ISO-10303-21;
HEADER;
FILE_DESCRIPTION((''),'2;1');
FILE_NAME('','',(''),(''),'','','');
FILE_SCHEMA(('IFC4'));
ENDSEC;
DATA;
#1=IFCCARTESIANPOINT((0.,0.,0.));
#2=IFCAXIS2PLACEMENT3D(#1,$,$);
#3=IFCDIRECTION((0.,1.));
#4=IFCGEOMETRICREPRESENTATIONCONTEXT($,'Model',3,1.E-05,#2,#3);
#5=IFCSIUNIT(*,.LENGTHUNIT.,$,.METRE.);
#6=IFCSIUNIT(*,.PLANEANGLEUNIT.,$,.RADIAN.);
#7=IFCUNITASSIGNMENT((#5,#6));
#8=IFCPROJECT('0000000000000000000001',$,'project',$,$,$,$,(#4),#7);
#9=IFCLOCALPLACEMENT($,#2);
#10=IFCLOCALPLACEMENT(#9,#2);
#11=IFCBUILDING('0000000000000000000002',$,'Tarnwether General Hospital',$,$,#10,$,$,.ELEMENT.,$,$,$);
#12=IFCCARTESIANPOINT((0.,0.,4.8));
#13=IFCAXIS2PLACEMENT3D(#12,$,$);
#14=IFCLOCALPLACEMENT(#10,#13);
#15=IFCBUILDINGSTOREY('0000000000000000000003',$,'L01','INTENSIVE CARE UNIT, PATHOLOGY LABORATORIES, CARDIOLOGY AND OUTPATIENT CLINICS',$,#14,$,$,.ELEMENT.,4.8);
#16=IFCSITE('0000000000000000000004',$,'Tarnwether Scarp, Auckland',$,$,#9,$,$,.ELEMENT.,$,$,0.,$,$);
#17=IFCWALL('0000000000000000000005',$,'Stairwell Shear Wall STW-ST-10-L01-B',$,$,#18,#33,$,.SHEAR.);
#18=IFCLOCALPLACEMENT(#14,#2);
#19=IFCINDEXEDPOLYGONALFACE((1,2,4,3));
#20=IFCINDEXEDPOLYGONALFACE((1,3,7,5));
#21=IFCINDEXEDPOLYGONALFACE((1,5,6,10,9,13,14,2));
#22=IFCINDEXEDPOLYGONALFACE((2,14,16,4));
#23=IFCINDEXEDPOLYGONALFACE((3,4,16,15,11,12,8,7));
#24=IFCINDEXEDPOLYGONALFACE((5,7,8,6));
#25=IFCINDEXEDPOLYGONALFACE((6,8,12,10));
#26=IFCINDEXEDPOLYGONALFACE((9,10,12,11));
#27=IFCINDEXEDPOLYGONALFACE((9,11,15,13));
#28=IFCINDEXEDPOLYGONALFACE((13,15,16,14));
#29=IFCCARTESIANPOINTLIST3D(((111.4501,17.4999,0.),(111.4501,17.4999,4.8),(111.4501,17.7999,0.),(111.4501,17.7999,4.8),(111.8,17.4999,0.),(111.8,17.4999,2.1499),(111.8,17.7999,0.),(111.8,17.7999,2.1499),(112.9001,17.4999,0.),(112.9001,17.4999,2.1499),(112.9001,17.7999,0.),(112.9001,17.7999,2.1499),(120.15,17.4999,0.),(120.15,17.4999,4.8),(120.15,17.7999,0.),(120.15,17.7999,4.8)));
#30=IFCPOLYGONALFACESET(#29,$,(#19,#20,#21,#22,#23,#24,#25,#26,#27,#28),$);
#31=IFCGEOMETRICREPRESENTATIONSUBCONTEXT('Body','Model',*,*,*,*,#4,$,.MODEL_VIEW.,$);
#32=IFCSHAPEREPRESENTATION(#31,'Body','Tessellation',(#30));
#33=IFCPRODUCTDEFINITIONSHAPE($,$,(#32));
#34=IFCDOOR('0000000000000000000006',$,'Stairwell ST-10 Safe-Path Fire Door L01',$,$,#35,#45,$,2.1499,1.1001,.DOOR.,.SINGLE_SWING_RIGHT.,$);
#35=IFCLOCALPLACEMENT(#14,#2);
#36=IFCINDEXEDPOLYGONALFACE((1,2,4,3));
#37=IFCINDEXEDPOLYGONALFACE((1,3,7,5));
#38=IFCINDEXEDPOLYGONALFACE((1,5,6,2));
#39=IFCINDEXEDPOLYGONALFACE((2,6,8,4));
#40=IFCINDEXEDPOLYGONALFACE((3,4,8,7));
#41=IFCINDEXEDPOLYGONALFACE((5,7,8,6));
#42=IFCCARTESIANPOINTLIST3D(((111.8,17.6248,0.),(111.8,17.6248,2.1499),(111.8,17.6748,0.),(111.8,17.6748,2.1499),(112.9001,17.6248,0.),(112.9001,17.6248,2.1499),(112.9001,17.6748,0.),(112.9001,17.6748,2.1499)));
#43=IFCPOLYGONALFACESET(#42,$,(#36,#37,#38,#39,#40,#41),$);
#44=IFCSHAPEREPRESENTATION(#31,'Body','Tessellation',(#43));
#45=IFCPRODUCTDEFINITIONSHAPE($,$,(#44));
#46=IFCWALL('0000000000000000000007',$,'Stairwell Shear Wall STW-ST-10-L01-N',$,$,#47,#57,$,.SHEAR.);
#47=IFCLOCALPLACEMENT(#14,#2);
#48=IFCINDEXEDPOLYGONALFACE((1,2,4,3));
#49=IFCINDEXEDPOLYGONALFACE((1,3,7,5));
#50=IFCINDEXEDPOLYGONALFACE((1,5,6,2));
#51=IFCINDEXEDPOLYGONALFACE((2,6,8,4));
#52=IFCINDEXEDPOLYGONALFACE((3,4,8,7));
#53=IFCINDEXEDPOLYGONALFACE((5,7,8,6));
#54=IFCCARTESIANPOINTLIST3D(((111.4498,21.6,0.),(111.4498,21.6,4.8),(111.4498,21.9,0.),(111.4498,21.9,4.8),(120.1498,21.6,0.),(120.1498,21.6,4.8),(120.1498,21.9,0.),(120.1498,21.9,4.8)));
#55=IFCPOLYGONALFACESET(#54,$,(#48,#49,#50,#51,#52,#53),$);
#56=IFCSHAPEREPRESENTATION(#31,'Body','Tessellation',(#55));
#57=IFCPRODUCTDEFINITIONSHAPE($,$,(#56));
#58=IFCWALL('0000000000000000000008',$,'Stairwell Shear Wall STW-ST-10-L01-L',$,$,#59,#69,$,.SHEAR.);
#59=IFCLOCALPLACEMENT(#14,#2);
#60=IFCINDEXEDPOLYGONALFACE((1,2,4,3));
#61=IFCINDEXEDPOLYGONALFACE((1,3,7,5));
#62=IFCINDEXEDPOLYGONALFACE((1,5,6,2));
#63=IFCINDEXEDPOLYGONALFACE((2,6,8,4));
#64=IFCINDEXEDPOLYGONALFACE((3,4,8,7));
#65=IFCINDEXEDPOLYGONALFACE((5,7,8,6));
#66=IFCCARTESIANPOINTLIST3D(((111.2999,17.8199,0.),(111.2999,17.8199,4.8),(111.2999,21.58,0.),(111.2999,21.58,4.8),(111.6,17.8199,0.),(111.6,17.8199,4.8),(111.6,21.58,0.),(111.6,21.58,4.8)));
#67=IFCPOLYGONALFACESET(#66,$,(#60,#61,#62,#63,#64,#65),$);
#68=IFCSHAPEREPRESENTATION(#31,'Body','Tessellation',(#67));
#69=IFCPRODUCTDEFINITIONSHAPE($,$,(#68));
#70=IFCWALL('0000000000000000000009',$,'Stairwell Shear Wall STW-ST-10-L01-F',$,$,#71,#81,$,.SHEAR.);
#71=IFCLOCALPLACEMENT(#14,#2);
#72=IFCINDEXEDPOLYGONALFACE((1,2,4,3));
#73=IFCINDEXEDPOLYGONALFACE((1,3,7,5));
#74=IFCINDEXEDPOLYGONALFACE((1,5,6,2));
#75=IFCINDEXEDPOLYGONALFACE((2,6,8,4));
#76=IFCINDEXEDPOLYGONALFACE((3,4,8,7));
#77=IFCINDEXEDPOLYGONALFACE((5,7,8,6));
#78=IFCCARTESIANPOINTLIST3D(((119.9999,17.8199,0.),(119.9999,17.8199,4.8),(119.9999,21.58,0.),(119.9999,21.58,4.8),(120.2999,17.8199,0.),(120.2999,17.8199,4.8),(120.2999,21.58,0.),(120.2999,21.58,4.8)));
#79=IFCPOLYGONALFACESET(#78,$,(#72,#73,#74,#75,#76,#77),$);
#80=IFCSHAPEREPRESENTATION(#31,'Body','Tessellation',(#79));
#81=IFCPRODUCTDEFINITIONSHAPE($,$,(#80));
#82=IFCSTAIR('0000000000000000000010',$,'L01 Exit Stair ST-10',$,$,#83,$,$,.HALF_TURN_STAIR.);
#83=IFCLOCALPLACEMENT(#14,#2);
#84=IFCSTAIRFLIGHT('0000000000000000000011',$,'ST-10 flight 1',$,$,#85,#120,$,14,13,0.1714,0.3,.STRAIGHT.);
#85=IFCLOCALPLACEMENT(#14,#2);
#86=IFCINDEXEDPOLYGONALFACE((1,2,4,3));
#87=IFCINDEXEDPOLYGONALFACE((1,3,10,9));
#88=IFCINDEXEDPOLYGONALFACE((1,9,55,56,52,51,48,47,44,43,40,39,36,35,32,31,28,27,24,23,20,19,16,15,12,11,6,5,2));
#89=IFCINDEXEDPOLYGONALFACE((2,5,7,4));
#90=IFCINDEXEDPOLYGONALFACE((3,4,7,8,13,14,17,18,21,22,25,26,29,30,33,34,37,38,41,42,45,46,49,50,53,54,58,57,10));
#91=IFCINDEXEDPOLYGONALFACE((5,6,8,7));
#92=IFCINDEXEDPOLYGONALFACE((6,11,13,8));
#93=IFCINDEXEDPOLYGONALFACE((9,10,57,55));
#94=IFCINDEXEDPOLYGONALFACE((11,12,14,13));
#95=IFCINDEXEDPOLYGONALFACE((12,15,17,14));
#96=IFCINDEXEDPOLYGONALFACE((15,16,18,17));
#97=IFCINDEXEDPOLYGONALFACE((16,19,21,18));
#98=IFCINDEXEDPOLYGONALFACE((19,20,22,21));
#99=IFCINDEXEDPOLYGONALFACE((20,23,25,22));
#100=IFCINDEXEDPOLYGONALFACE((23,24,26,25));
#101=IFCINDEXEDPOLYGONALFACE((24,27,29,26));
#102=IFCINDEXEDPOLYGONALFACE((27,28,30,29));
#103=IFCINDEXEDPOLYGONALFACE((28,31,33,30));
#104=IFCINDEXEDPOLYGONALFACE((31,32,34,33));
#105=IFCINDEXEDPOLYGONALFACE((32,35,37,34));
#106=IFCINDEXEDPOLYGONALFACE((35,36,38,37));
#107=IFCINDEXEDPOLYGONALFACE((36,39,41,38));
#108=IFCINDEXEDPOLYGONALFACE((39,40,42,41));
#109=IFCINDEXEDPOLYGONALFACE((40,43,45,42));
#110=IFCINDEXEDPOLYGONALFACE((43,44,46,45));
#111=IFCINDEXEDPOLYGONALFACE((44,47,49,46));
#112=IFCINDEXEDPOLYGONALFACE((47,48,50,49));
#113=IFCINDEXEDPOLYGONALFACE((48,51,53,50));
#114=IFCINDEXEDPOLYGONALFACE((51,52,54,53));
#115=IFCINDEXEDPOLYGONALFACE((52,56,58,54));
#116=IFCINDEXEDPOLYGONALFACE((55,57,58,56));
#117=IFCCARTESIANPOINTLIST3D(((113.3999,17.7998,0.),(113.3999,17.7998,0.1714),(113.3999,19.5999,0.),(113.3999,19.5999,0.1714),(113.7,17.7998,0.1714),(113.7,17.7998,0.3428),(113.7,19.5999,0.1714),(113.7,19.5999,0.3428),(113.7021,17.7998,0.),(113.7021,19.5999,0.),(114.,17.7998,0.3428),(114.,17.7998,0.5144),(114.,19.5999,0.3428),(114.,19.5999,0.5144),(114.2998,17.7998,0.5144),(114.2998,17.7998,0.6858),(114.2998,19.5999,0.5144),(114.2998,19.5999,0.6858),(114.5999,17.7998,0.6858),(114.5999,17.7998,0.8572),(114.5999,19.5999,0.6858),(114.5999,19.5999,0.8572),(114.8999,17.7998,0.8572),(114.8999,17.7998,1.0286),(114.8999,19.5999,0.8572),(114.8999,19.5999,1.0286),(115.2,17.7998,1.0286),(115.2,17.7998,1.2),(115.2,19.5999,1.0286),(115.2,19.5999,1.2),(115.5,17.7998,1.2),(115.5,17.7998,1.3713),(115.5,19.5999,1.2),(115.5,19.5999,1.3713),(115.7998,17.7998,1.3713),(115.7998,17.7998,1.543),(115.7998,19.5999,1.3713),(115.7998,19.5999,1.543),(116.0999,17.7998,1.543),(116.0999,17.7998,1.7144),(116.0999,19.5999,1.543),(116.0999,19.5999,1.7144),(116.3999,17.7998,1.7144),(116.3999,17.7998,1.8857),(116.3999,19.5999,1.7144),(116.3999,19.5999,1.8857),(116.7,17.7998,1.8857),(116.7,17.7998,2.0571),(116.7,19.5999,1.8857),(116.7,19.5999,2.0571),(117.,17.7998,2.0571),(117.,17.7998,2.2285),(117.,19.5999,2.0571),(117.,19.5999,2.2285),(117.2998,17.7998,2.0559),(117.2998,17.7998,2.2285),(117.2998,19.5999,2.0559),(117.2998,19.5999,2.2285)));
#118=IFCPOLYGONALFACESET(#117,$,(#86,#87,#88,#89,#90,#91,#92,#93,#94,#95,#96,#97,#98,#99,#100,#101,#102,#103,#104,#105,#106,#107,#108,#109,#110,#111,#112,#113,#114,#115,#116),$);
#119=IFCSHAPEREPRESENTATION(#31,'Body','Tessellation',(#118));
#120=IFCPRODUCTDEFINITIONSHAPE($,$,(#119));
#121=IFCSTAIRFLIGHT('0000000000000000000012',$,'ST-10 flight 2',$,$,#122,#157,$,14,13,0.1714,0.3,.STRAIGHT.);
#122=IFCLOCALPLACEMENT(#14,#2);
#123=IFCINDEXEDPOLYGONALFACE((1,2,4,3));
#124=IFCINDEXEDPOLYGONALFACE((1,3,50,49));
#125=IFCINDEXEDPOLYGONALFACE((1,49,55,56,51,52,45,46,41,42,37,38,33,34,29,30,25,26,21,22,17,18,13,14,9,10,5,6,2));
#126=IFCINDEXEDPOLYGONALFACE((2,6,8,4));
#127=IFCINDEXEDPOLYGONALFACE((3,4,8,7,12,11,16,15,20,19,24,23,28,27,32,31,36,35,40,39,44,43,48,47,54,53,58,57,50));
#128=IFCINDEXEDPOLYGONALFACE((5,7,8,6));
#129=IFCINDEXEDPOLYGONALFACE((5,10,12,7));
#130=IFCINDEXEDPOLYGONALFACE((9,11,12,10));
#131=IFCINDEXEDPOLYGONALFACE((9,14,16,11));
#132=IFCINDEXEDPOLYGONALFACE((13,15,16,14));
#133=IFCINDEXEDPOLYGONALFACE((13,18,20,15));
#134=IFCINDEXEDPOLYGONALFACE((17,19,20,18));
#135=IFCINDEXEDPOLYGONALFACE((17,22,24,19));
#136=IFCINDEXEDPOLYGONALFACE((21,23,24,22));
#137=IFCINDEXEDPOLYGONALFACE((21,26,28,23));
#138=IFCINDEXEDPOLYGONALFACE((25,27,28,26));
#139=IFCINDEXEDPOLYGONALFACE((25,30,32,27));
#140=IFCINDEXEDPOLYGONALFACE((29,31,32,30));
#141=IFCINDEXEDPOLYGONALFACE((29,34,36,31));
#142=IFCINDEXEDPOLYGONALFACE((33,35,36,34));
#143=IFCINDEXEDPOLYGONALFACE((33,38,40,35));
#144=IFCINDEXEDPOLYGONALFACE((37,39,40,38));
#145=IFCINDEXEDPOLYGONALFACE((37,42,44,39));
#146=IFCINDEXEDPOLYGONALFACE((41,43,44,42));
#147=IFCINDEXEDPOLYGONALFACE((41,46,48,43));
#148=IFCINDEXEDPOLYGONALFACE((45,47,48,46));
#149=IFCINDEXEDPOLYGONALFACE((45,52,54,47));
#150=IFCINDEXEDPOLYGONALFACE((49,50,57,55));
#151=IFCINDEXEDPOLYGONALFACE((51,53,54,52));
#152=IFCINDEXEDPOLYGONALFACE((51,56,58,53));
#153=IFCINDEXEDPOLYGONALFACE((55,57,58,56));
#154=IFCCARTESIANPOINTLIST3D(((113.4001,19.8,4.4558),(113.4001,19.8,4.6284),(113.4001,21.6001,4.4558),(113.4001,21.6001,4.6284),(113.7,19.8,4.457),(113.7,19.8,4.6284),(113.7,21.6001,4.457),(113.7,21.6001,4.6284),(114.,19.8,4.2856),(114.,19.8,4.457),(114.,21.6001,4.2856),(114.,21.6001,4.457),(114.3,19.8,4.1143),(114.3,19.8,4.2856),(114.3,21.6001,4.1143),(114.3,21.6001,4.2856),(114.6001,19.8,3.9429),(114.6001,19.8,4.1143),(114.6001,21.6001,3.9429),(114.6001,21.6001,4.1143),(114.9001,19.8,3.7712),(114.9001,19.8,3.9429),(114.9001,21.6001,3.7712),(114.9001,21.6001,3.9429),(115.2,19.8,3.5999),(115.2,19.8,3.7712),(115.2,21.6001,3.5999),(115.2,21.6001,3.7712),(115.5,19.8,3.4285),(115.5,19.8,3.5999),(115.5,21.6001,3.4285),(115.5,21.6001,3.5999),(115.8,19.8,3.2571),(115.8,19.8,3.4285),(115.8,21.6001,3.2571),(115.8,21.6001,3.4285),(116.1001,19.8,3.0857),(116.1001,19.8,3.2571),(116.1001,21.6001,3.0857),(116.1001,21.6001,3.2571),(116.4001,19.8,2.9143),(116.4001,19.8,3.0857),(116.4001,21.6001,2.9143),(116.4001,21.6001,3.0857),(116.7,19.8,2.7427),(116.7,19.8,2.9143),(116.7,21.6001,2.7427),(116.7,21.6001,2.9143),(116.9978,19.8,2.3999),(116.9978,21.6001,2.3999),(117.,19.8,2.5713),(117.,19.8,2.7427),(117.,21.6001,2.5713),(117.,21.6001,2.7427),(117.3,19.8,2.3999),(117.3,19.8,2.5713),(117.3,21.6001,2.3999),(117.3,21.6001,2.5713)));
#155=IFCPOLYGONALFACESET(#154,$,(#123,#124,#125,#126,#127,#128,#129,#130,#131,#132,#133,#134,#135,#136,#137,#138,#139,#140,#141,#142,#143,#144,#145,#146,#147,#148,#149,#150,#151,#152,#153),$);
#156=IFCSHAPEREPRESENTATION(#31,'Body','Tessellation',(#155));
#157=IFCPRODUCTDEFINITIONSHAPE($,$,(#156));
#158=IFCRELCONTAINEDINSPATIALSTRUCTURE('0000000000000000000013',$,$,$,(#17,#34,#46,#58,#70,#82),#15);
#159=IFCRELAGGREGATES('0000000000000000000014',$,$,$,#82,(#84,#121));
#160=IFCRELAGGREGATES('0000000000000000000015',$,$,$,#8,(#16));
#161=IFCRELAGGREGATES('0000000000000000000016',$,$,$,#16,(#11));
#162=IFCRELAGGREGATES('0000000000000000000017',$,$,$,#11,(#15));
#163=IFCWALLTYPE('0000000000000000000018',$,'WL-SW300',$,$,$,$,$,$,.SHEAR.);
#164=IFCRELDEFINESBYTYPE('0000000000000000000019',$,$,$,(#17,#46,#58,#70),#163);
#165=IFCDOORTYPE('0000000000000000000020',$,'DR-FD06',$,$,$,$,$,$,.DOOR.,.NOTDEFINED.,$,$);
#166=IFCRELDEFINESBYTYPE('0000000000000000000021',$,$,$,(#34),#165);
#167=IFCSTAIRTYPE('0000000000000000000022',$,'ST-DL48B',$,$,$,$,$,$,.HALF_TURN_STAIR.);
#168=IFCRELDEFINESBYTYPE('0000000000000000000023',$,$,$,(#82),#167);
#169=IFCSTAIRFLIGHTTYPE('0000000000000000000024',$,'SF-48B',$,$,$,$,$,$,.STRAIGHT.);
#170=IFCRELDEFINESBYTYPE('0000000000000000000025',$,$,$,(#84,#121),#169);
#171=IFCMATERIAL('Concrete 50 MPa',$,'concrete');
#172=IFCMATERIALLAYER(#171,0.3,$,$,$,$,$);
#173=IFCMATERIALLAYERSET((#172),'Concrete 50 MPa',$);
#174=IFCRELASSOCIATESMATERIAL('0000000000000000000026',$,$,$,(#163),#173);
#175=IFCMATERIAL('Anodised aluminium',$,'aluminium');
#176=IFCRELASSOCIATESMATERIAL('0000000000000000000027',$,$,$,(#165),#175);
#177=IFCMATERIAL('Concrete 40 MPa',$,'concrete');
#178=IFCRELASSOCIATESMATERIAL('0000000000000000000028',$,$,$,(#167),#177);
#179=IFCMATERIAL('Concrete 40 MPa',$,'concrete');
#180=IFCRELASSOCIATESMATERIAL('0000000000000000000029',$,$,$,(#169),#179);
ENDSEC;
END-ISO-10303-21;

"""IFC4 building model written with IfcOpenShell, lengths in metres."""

from ifc_helpers import new_model, si_unit, direction, frame, frame_2d, origin, place, context, subcontext, project, spatial, polyline, rectangle, outline, extrude, material, layer, layer_set, type_object, element, fill, aggregate, save


model = new_model("IFC4")

# Units and contexts
model_context = context("Model", 3, precision=1e-05, world=origin(), true_north=direction((0.0, 1.0)))
body_context = subcontext(model_context, "Body", "Model", "MODEL_VIEW")
ifc_project = project(units=[si_unit("LENGTHUNIT", "METRE"), si_unit("PLANEANGLEUNIT", "RADIAN")], contexts=[model_context])

# Site, building, storey
site_placement = place(None, origin())
site = spatial("IfcSite", under=ifc_project, at=site_placement, Name="Tarnwether Scarp, Auckland", CompositionType="ELEMENT", RefElevation=0.0)
building_placement = place(site_placement, origin())
building = spatial("IfcBuilding", under=site, at=building_placement, Name="Tarnwether General Hospital", CompositionType="ELEMENT")
storey_placement = place(building_placement, frame((0.0, 0.0, 4.8)))
storey = spatial("IfcBuildingStorey", under=building, at=storey_placement, Name="L01", Description="INTENSIVE CARE UNIT, PATHOLOGY LABORATORIES, CARDIOLOGY AND OUTPATIENT CLINICS", CompositionType="ELEMENT", Elevation=4.8)

# Shared definitions
ifc_material_1 = material(Name="Concrete 50 MPa", Category="concrete")
ifc_layer_1 = layer(ifc_material_1, 0.3)
ifc_layer_set_1 = layer_set([ifc_layer_1], Name="Concrete 50 MPa")
wall_type_1 = type_object("IfcWallType", Name="WL-SW300", PredefinedType="SHEAR", material=ifc_layer_set_1)

# Wall, opening, door
wall_1_placement = place(storey_placement, frame((111.45, 17.6499, 0.0), z_axis=(0.0, 0.0, 1.0), x_axis=(1.0, 0.0, 0.0)))
wall_1 = element("IfcWall", 1, at=wall_1_placement, inside=storey, type_object=wall_type_1, Name="Stairwell Shear Wall STW-ST-10-L01-B", PredefinedType="SHEAR", context=body_context, shape_type="SweptSolid", body=[
    extrude(rectangle(XDim=8.7, YDim=0.3, at=frame_2d((4.3501, 0.0))), origin(), (0.0, 0.0, 1.0), 4.8),
])
opening_1_placement = place(wall_1_placement, frame((0.3501, 0.0, 0.0)))
opening_1 = element("IfcOpeningElement", 2, at=opening_1_placement, cuts=wall_1, PredefinedType="OPENING", context=body_context, shape_type="SweptSolid", body=[
    extrude(rectangle(XDim=1.1001, YDim=2.1499, at=frame_2d((0.55, 1.075))), frame((0.0, 0.1602, 0.0), z_axis=(0.0, -1.0, 0.0), x_axis=(1.0, 0.0, 0.0)), (0.0, 0.0, 1.0), 0.3201),
])
ifc_material_2 = material(Name="Anodised aluminium", Category="aluminium")
door_type_1 = type_object("IfcDoorType", Name="DR-FD06", OperationType="NOTDEFINED", PredefinedType="DOOR", material=ifc_material_2)
door_1_placement = place(opening_1_placement, origin())
door_1 = element("IfcDoor", 3, at=door_1_placement, inside=storey, type_object=door_type_1, Name="Stairwell ST-10 Safe-Path Fire Door L01", OperationType="SINGLE_SWING_RIGHT", OverallHeight=2.1499, OverallWidth=1.1001, PredefinedType="DOOR", context=body_context, shape_type="SweptSolid", body=[
    extrude(rectangle(XDim=1.1001, YDim=2.1499, at=frame_2d((0.55, 1.075))), frame((0.0, 0.0249, 0.0), z_axis=(0.0, -1.0, 0.0), x_axis=(1.0, 0.0, 0.0)), (0.0, 0.0, 1.0), 0.05),
])
fill(opening_1, door_1)

# Walls
wall_2_placement = place(storey_placement, frame((120.1499, 21.75, 0.0), z_axis=(0.0, 0.0, 1.0), x_axis=(-1.0, 0.0, 0.0)))
element("IfcWall", 4, at=wall_2_placement, inside=storey, type_object=wall_type_1, Name="Stairwell Shear Wall STW-ST-10-L01-N", PredefinedType="SHEAR", context=body_context, shape_type="SweptSolid", body=[
    extrude(rectangle(XDim=8.7, YDim=0.3, at=frame_2d((4.3501, 0.0))), origin(), (0.0, 0.0, 1.0), 4.8),
])
for number, where, z_axis, x_axis, name in (
    (5, (111.45, 17.8201, 0.0), (0.0, 0.0, 1.0), (0.0, 1.0, 0.0), "Stairwell Shear Wall STW-ST-10-L01-L"),
    (6, (120.1499, 17.8201, 0.0), (0.0, 0.0, 1.0), (0.0, 1.0, 0.0), "Stairwell Shear Wall STW-ST-10-L01-F"),
):
    element("IfcWall", number, at=place(storey_placement, frame(where, z_axis=z_axis, x_axis=x_axis)), inside=storey, type_object=wall_type_1, Name=name, PredefinedType="SHEAR", context=body_context, shape_type="SweptSolid", body=[
        extrude(rectangle(XDim=3.76, YDim=0.3, at=frame_2d((1.8799, 0.0))), origin(), (0.0, 0.0, 1.0), 4.8),
    ])

# Stair, stair flights
ifc_material_3 = material(Name="Concrete 40 MPa", Category="concrete")
stair_type = type_object("IfcStairType", Name="ST-DL48B", PredefinedType="HALF_TURN_STAIR", material=ifc_material_3)
stair_placement = place(storey_placement, origin())
stair = element("IfcStair", 7, at=stair_placement, inside=storey, type_object=stair_type, Name="L01 Exit Stair ST-10", PredefinedType="HALF_TURN_STAIR")
ifc_material_4 = material(Name="Concrete 40 MPa", Category="concrete")
stair_flight_type = type_object("IfcStairFlightType", Name="SF-48B", PredefinedType="STRAIGHT", material=ifc_material_4)
stair_flight_1_placement = place(storey_placement, frame((113.3999, 18.7, 0.0), z_axis=(0.0, 0.0, 1.0), x_axis=(1.0, 0.0, 0.0)))
stair_flight_1 = element("IfcStairFlight", 8, at=stair_flight_1_placement, type_object=stair_flight_type, Name="ST-10 flight 1", NumberOfRisers=14, NumberOfTreads=13, PredefinedType="STRAIGHT", RiserHeight=0.1714, TreadLength=0.3, context=body_context, shape_type="SweptSolid", body=[
    extrude(outline(polyline([(0.0, 0.0), (0.0, 0.1714), (0.3, 0.1714), (0.3, 0.3428), (0.6001, 0.3428), (0.6001, 0.5144), (0.8999, 0.5144), (0.8999, 0.6858), (1.2, 0.6858), (1.2, 0.8572), (1.5, 0.8572), (1.5, 1.0286), (1.8, 1.0286), (1.8, 1.2), (2.1001, 1.2), (2.1001, 1.3713), (2.3999, 1.3713), (2.3999, 1.543), (2.7, 1.543), (2.7, 1.7144), (3.0, 1.7144), (3.0, 1.8857), (3.3, 1.8857), (3.3, 2.0571), (3.6001, 2.0571), (3.6001, 2.2285), (3.8999, 2.2285), (3.8999, 2.3999), (3.8999, 2.0559), (0.3022, 0.0), (0.0, 0.0)])), frame((0.0, 0.8999, 0.0), z_axis=(0.0, -1.0, 0.0), x_axis=(1.0, 0.0, 0.0)), (0.0, 0.0, 1.0), 1.8),
])
stair_flight_2_placement = place(storey_placement, frame((117.3, 20.7, 2.3999), z_axis=(0.0, 0.0, 1.0), x_axis=(-1.0, 0.0, 0.0)))
stair_flight_2 = element("IfcStairFlight", 9, at=stair_flight_2_placement, type_object=stair_flight_type, Name="ST-10 flight 2", NumberOfRisers=14, NumberOfTreads=13, PredefinedType="STRAIGHT", RiserHeight=0.1714, TreadLength=0.3, context=body_context, shape_type="SweptSolid", body=[
    extrude(outline(polyline([(0.0, 0.0), (0.0, 0.1714), (0.3, 0.1714), (0.3, 0.3428), (0.6001, 0.3428), (0.6001, 0.5144), (0.8999, 0.5144), (0.8999, 0.6858), (1.2, 0.6858), (1.2, 0.8572), (1.5, 0.8572), (1.5, 1.0286), (1.8, 1.0286), (1.8, 1.2), (2.1001, 1.2), (2.1001, 1.3713), (2.3999, 1.3713), (2.3999, 1.543), (2.7, 1.543), (2.7, 1.7144), (3.0, 1.7144), (3.0, 1.8857), (3.3, 1.8857), (3.3, 2.0571), (3.6001, 2.0571), (3.6001, 2.2285), (3.8999, 2.2285), (3.8999, 2.3999), (3.8999, 2.0559), (0.3022, 0.0), (0.0, 0.0)])), frame((0.0, 0.8999, 0.0), z_axis=(0.0, -1.0, 0.0), x_axis=(1.0, 0.0, 0.0)), (0.0, 0.0, 1.0), 1.8),
])
aggregate(stair, [stair_flight_1, stair_flight_2])

save(model, "model.ifc")
